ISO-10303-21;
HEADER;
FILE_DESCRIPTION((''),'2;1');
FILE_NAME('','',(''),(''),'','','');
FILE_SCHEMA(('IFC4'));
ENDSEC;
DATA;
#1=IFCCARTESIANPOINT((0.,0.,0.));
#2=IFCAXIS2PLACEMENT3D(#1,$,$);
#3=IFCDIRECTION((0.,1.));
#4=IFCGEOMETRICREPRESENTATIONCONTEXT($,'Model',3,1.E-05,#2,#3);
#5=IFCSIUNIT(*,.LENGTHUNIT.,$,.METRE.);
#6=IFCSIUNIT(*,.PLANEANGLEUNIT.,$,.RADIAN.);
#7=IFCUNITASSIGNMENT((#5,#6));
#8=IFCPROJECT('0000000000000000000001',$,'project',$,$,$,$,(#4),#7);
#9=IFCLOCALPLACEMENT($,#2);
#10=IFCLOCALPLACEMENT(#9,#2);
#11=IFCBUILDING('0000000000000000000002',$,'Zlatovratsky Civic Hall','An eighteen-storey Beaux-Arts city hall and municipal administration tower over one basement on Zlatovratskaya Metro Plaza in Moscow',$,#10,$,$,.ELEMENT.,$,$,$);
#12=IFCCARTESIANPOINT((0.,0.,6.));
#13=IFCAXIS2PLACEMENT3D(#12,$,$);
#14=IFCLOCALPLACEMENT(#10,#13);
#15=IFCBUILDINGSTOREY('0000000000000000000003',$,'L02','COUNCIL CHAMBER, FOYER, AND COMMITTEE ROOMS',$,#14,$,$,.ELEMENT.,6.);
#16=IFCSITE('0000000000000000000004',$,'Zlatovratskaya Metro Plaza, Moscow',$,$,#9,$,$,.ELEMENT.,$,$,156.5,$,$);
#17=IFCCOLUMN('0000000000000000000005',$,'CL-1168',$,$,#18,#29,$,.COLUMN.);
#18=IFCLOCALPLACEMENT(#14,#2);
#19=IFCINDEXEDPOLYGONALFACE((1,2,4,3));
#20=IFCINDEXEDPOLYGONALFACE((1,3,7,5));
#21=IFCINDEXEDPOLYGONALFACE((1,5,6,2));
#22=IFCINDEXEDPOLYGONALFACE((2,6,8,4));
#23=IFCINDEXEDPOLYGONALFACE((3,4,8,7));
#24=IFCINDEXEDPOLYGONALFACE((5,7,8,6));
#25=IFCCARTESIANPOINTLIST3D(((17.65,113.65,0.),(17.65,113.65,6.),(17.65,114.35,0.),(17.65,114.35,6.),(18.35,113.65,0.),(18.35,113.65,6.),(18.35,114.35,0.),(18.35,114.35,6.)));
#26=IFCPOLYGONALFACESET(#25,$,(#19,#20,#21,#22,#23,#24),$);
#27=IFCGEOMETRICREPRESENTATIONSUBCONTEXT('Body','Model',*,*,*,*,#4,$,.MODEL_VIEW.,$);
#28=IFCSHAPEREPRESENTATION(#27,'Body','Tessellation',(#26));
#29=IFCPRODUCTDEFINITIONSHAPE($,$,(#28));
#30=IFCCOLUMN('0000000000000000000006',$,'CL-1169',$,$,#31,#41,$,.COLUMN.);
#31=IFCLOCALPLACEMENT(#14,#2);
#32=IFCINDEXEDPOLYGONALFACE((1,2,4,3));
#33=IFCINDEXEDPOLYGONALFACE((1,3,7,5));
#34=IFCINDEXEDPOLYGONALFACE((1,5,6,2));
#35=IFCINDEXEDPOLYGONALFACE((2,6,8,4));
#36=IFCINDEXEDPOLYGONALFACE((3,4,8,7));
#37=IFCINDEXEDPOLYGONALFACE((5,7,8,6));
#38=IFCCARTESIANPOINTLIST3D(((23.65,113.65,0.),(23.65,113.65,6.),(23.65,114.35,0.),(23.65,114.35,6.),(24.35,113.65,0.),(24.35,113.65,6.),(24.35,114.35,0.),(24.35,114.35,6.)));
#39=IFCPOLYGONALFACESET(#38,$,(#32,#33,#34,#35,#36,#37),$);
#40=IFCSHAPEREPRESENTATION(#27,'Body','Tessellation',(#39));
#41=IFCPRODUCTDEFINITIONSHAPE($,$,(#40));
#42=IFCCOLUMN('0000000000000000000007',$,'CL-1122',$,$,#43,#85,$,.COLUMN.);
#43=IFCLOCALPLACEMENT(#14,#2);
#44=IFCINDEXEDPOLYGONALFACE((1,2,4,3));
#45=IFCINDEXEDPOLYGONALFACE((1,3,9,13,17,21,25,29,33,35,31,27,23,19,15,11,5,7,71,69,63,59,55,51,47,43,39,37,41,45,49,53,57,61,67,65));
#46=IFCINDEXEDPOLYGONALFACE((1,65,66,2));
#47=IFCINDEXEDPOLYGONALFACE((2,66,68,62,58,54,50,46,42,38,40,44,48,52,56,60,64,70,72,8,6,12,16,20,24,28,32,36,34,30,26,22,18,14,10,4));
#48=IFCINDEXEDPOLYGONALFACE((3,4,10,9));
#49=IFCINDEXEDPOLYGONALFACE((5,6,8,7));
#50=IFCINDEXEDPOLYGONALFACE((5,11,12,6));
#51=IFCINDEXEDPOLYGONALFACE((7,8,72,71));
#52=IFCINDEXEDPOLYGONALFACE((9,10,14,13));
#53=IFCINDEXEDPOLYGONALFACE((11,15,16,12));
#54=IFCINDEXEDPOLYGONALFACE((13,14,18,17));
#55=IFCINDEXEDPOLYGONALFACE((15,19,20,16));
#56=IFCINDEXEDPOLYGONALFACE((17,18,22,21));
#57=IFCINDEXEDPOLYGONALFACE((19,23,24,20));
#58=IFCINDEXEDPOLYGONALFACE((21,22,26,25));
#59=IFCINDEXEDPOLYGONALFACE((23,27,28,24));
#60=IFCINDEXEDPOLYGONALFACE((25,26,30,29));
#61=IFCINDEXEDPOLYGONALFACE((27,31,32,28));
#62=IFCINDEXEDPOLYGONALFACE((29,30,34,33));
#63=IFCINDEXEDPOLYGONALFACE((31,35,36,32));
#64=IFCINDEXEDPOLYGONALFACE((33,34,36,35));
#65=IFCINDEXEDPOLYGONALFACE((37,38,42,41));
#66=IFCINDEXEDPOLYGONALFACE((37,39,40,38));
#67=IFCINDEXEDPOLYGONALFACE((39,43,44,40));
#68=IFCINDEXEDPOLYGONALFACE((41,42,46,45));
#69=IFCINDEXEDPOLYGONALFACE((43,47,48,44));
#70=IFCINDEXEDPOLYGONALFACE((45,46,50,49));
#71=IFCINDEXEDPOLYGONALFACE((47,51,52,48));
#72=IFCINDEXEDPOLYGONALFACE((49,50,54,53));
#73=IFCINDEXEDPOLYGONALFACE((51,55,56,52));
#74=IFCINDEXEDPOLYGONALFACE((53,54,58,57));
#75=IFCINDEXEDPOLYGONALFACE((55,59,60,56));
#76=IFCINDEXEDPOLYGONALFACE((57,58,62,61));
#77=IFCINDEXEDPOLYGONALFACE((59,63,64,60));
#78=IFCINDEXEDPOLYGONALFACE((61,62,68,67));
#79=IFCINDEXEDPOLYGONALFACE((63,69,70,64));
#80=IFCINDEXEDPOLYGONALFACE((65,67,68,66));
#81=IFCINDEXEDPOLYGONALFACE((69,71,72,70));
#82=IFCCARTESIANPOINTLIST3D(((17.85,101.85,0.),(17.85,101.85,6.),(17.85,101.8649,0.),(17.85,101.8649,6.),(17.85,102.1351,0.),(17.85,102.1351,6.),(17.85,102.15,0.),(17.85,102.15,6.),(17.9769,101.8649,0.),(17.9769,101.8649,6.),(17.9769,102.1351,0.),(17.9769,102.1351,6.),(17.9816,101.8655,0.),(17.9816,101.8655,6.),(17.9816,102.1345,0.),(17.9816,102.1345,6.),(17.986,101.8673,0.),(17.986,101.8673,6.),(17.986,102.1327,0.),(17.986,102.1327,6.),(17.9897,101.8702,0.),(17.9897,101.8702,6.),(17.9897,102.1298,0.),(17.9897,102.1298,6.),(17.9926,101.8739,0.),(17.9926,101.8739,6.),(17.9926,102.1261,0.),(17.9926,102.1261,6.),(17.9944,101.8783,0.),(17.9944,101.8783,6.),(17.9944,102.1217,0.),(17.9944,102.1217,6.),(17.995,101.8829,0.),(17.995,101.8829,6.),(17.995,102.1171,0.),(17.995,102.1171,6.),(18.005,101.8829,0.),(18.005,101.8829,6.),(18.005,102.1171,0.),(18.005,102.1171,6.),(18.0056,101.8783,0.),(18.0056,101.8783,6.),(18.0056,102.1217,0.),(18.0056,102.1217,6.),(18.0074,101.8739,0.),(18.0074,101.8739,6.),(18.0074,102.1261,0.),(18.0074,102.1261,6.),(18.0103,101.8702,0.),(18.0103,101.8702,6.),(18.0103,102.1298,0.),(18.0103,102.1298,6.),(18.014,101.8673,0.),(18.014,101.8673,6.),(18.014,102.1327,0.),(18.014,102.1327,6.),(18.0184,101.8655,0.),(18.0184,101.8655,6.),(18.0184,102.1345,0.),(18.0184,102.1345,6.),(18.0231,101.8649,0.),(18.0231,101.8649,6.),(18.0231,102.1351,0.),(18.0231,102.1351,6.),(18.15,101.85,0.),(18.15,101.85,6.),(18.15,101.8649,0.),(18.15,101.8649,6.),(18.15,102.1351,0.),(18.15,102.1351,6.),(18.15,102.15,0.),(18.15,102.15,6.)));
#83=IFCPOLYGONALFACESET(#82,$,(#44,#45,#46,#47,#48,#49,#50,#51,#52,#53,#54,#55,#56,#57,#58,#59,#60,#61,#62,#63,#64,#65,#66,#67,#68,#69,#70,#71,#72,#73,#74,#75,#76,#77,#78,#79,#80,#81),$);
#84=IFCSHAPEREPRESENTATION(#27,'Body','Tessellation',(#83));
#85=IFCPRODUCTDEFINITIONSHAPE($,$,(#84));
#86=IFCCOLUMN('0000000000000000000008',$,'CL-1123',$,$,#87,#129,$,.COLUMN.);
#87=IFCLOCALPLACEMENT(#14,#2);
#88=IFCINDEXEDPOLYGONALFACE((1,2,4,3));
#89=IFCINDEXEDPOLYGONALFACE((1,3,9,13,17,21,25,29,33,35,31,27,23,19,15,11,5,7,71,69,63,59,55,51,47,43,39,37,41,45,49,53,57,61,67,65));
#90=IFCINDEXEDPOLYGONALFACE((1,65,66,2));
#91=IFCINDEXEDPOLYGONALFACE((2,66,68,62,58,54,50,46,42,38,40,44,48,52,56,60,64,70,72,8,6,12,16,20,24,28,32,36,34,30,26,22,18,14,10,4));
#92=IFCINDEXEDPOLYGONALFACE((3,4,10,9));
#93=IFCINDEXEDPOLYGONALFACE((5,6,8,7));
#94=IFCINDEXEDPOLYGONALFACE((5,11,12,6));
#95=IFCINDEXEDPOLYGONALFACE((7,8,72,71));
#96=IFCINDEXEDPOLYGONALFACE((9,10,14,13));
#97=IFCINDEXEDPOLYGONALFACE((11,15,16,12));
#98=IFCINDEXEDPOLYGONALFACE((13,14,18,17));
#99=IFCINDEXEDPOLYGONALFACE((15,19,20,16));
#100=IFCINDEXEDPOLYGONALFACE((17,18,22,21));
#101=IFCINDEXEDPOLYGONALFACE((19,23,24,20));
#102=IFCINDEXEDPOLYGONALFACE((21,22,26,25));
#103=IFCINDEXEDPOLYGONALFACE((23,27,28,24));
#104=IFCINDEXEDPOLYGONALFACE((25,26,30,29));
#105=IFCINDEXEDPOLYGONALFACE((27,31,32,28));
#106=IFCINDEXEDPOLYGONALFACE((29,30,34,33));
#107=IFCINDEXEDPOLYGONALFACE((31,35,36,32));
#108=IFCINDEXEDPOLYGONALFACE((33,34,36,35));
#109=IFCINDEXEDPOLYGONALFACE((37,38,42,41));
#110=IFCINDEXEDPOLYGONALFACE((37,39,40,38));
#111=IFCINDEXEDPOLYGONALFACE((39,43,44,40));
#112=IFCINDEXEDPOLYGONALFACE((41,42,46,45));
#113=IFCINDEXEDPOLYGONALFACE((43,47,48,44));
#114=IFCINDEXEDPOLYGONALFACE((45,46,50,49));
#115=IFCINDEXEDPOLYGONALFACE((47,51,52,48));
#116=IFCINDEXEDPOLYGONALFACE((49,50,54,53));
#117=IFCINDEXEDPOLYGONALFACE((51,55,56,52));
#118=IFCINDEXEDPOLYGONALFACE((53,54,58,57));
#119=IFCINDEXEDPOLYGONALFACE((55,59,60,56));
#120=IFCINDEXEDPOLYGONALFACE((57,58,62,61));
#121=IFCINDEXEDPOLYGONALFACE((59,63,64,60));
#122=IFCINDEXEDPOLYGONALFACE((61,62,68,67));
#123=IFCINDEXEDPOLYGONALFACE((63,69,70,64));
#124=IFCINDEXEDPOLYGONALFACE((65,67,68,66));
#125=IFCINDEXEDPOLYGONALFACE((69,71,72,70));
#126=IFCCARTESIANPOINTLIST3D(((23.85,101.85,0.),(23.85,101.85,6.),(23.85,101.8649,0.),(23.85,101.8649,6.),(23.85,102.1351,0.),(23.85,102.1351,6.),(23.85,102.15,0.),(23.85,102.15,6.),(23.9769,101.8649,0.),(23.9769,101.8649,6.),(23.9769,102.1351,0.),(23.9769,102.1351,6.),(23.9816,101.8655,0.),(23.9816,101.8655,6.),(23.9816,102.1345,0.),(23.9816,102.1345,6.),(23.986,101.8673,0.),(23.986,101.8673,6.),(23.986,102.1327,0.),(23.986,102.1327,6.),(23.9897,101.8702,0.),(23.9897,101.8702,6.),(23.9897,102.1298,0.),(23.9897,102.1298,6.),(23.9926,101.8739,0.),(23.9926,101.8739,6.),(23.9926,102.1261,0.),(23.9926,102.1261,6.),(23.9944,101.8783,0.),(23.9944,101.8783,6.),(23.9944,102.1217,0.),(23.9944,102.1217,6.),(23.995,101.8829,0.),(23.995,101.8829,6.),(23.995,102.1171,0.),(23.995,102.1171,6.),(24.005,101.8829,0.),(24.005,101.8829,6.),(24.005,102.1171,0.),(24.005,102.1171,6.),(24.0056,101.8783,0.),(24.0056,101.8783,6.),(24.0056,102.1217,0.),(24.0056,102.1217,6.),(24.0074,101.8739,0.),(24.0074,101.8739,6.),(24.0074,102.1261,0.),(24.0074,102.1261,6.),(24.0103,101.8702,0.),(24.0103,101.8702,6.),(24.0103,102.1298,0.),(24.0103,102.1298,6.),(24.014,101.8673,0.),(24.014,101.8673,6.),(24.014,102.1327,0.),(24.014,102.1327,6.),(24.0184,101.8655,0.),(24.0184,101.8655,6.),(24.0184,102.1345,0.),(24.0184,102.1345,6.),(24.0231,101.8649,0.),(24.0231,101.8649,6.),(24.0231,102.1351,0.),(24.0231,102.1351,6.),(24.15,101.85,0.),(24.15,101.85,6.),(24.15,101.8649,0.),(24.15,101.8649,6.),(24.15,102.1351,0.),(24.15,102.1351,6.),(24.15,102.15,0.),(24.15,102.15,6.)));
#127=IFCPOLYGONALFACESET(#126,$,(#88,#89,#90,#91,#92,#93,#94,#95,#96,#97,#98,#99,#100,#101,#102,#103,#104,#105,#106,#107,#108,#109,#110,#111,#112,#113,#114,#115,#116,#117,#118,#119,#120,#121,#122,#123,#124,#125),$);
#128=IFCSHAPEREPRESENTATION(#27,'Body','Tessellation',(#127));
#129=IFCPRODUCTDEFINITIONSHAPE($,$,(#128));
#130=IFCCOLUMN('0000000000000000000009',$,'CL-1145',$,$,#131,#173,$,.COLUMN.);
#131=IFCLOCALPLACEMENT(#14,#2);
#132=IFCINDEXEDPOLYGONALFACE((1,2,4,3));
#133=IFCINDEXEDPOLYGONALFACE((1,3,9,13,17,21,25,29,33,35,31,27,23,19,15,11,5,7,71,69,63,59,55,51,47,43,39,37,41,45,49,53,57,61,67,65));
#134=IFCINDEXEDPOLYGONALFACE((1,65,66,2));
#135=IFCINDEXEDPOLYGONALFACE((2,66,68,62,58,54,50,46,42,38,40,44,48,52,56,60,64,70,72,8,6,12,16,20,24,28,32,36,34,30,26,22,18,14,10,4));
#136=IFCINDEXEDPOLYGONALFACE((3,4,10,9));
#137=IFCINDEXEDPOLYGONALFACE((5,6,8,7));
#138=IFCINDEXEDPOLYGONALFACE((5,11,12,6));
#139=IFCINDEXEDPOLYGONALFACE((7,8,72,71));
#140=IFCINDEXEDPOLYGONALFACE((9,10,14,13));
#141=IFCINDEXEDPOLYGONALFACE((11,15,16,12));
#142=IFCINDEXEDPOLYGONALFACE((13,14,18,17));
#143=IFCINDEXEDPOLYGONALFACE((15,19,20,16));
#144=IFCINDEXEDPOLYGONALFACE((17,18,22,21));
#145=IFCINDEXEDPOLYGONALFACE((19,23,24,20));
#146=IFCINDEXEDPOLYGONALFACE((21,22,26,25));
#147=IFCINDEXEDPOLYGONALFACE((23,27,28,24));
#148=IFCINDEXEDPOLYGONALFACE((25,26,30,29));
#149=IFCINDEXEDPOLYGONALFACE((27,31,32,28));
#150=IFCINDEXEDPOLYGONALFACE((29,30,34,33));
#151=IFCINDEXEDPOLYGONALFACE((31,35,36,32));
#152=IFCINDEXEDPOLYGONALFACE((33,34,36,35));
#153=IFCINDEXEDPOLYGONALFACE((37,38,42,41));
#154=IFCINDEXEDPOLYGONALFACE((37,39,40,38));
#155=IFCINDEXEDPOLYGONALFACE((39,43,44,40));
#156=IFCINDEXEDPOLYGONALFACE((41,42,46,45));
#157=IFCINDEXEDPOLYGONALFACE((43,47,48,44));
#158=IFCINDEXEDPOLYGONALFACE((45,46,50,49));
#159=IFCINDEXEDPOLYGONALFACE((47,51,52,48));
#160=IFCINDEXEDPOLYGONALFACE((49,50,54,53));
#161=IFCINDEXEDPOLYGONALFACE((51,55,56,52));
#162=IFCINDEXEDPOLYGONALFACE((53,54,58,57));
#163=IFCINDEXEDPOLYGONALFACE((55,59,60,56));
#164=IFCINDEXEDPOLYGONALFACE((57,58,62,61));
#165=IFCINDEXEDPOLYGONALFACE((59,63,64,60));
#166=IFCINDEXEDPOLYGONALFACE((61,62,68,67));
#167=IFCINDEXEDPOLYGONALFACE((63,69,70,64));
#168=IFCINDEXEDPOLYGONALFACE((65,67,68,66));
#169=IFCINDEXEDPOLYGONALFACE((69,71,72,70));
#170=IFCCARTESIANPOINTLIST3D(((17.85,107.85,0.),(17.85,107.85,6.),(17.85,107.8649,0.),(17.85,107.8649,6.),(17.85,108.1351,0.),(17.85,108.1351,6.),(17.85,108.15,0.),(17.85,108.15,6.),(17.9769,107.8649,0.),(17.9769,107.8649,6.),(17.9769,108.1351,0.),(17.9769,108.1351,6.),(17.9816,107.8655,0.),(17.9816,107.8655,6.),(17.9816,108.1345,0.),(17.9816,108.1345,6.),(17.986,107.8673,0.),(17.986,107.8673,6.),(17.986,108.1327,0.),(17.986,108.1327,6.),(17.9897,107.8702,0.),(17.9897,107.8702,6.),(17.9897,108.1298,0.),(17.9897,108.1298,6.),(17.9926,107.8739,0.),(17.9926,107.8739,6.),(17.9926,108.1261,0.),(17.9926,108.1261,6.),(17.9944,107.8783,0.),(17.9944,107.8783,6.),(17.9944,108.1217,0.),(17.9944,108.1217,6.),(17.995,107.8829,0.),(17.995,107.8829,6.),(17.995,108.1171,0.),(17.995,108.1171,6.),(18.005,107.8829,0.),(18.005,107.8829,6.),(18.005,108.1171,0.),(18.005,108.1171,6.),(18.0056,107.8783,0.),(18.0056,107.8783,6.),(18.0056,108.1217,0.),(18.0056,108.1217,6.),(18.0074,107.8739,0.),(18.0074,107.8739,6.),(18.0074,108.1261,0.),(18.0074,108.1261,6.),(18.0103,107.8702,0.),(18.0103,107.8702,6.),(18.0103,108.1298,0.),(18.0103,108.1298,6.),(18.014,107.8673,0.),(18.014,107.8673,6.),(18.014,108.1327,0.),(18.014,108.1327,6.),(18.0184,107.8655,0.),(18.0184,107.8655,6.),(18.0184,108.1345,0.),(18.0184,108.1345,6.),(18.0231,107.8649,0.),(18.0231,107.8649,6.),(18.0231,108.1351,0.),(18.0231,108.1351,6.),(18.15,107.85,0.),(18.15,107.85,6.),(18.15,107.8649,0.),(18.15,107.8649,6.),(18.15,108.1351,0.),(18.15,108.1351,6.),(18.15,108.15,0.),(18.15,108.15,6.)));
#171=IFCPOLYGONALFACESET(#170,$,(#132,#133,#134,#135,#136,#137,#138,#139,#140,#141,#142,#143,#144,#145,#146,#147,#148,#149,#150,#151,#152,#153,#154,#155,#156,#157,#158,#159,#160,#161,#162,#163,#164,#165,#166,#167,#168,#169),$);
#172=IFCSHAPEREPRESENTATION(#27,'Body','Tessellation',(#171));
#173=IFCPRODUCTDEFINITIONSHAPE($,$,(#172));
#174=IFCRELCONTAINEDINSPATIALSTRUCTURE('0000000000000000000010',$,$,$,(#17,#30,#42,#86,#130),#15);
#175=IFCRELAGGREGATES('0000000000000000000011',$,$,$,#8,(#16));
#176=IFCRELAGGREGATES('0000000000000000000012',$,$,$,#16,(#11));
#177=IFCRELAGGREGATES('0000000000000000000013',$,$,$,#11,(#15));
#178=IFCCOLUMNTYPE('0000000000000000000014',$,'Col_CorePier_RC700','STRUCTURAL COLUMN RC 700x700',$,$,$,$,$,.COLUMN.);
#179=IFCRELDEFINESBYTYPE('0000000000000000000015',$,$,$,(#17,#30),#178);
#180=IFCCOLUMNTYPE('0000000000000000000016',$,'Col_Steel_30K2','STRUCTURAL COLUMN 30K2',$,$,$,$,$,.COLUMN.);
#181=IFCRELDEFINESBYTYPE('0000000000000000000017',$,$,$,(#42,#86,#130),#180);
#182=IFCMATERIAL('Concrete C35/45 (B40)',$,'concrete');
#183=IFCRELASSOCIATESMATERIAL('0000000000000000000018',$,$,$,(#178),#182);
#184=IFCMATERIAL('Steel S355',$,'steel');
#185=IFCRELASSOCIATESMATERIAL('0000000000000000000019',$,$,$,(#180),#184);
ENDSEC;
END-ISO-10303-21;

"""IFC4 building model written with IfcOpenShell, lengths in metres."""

from ifc_helpers import new_model, si_unit, direction, frame, origin, origin_2d, place, context, subcontext, project, spatial, rectangle, i_section, extrude, material, material_profile, profile_set, type_object, element, save


model = new_model("IFC4")

# Units and contexts
model_context = context("Model", 3, precision=1e-05, world=origin(), true_north=direction((0.0, 1.0)))
body_context = subcontext(model_context, "Body", "Model", "MODEL_VIEW")
ifc_project = project(units=[si_unit("LENGTHUNIT", "METRE"), si_unit("PLANEANGLEUNIT", "RADIAN")], contexts=[model_context])

# Site, building, storey
site_placement = place(None, origin())
site = spatial("IfcSite", under=ifc_project, at=site_placement, Name="Zlatovratskaya Metro Plaza, Moscow", CompositionType="ELEMENT", RefElevation=156.5)
building_placement = place(site_placement, origin())
building = spatial("IfcBuilding", under=site, at=building_placement, Name="Zlatovratsky Civic Hall", Description="An eighteen-storey Beaux-Arts city hall and municipal administration tower over one basement on Zlatovratskaya Metro Plaza in Moscow", CompositionType="ELEMENT")
storey_placement = place(building_placement, frame((0.0, 0.0, 6.0)))
storey = spatial("IfcBuildingStorey", under=building, at=storey_placement, Name="L02", Description="COUNCIL CHAMBER, FOYER, AND COMMITTEE ROOMS", CompositionType="ELEMENT", Elevation=6.0)

# Columns
ifc_material_1 = material(Name="Concrete C35/45 (B40)", Category="concrete")
ifc_material_profile_1 = material_profile(ifc_material_1, rectangle(XDim=0.7, YDim=0.7, at=origin_2d()), Name="RC 700x700")
ifc_profile_set_1 = profile_set([ifc_material_profile_1], Name="Concrete C35/45 (B40)")
column_type_1 = type_object("IfcColumnType", Name="Col_CorePier_RC700", Description="STRUCTURAL COLUMN RC 700x700", PredefinedType="COLUMN", material=ifc_profile_set_1)
for number, where, z_axis, x_axis, name in (
    (1, (18.0, 114.0, 0.0), (0.0, 0.0, 1.0), (1.0, 0.0, 0.0), "CL-1168"),
    (2, (24.0, 114.0, 0.0), (0.0, 0.0, 1.0), (1.0, 0.0, 0.0), "CL-1169"),
):
    element("IfcColumn", number, at=place(storey_placement, frame(where, z_axis=z_axis, x_axis=x_axis)), inside=storey, type_object=column_type_1, Name=name, PredefinedType="COLUMN", context=body_context, shape_type="SweptSolid", body=[
        extrude(rectangle(XDim=0.7, YDim=0.7, at=origin_2d()), origin(), (0.0, 0.0, 1.0), 6.0),
    ])
ifc_material_2 = material(Name="Steel S355", Category="steel")
ifc_material_profile_2 = material_profile(ifc_material_2, i_section(OverallWidth=0.3, OverallDepth=0.3, WebThickness=0.01, FlangeThickness=0.0149, FilletRadius=0.0181, at=origin_2d()), Name="30K2")
ifc_profile_set_2 = profile_set([ifc_material_profile_2], Name="Steel S355")
column_type_2 = type_object("IfcColumnType", Name="Col_Steel_30K2", Description="STRUCTURAL COLUMN 30K2", PredefinedType="COLUMN", material=ifc_profile_set_2)
for number, where, z_axis, x_axis, name in (
    (3, (18.0, 102.0, 0.0), (0.0, 0.0, 1.0), (1.0, 0.0, 0.0), "CL-1122"),
    (4, (24.0, 102.0, 0.0), (0.0, 0.0, 1.0), (1.0, 0.0, 0.0), "CL-1123"),
    (5, (18.0, 108.0, 0.0), (0.0, 0.0, 1.0), (1.0, 0.0, 0.0), "CL-1145"),
):
    element("IfcColumn", number, at=place(storey_placement, frame(where, z_axis=z_axis, x_axis=x_axis)), inside=storey, type_object=column_type_2, Name=name, PredefinedType="COLUMN", context=body_context, shape_type="SweptSolid", body=[
        extrude(i_section(OverallWidth=0.3, OverallDepth=0.3, WebThickness=0.01, FlangeThickness=0.0149, FilletRadius=0.0181, at=origin_2d()), origin(), (0.0, 0.0, 1.0), 6.0),
    ])

save(model, "model.ifc")
